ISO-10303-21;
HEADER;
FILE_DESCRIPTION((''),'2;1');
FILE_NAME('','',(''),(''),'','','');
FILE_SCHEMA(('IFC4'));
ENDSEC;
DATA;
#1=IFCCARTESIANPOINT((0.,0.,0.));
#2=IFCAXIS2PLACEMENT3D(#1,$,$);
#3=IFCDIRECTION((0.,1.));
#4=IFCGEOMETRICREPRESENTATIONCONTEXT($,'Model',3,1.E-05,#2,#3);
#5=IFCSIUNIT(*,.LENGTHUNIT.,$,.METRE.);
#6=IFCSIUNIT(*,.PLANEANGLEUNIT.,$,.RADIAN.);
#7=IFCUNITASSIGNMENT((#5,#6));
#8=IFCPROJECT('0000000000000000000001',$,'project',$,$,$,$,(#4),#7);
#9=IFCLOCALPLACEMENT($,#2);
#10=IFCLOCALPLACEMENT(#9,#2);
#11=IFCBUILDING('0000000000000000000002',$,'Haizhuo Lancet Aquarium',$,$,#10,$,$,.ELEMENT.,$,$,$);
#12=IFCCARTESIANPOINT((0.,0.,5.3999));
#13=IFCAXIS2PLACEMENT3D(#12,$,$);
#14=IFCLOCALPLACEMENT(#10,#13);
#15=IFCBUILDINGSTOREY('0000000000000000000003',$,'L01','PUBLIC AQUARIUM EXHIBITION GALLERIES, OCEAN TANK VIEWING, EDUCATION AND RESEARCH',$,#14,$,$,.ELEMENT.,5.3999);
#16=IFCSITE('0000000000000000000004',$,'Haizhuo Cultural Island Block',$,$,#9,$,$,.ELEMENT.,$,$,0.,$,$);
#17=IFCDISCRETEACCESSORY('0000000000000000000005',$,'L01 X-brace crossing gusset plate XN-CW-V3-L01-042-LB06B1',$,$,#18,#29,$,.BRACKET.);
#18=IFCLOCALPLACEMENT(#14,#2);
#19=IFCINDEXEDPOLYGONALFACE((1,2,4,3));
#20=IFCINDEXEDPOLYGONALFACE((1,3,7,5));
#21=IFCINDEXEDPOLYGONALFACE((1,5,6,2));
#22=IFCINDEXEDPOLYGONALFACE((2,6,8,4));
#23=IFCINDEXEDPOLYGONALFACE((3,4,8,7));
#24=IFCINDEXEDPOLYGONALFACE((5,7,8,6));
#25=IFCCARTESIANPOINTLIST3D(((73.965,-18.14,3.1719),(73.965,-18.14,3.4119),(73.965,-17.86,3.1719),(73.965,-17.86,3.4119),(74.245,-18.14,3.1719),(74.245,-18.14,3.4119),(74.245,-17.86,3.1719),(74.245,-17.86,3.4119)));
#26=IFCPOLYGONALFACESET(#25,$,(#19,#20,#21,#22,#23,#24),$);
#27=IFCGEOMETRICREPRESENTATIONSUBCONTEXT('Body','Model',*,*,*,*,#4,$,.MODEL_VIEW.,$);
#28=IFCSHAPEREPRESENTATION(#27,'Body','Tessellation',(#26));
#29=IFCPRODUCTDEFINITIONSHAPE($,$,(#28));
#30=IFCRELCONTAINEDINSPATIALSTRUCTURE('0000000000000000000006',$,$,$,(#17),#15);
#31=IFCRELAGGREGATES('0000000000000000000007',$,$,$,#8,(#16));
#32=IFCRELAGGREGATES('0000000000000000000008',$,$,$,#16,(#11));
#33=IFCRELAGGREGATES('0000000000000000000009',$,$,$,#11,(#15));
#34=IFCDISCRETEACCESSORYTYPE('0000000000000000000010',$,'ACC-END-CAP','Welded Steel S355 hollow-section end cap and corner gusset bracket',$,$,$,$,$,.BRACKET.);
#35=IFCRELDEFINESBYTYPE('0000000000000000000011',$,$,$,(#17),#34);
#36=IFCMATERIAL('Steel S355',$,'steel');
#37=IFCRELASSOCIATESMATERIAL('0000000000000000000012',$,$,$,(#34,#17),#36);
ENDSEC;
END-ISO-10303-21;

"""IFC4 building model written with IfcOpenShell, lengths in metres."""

from ifc_helpers import new_model, si_unit, direction, frame, origin, origin_2d, place, context, subcontext, project, spatial, rectangle, extrude, material, type_object, element, save


model = new_model("IFC4")

# Units and contexts
model_context = context("Model", 3, precision=1e-05, world=origin(), true_north=direction((0.0, 1.0)))
body_context = subcontext(model_context, "Body", "Model", "MODEL_VIEW")
ifc_project = project(units=[si_unit("LENGTHUNIT", "METRE"), si_unit("PLANEANGLEUNIT", "RADIAN")], contexts=[model_context])

# Site, building, storey
site_placement = place(None, origin())
site = spatial("IfcSite", under=ifc_project, at=site_placement, Name="Haizhuo Cultural Island Block", CompositionType="ELEMENT", RefElevation=0.0)
building_placement = place(site_placement, origin())
building = spatial("IfcBuilding", under=site, at=building_placement, Name="Haizhuo Lancet Aquarium", CompositionType="ELEMENT")
storey_placement = place(building_placement, frame((0.0, 0.0, 5.3999)))
storey = spatial("IfcBuildingStorey", under=building, at=storey_placement, Name="L01", Description="PUBLIC AQUARIUM EXHIBITION GALLERIES, OCEAN TANK VIEWING, EDUCATION AND RESEARCH", CompositionType="ELEMENT", Elevation=5.3999)

# Shared definitions
ifc_material_1 = material(Name="Steel S355", Category="steel")

# Discrete accessory
discrete_accessory_type = type_object("IfcDiscreteAccessoryType", Name="ACC-END-CAP", Description="Welded Steel S355 hollow-section end cap and corner gusset bracket", PredefinedType="BRACKET", material=ifc_material_1)
for number, where, z_axis, x_axis, name in (
    (1, (74.105, -18.0, 3.1719), (0.0, 0.0, 1.0), (1.0, 0.0, 0.0), "L01 X-brace crossing gusset plate XN-CW-V3-L01-042-LB06B1"),
):
    element("IfcDiscreteAccessory", number, at=place(storey_placement, frame(where, z_axis=z_axis, x_axis=x_axis)), inside=storey, type_object=discrete_accessory_type, material=ifc_material_1, Name=name, PredefinedType="BRACKET", context=body_context, shape_type="SweptSolid", body=[
        extrude(rectangle(XDim=0.28, YDim=0.28, at=origin_2d()), origin(), (0.0, 0.0, 1.0), 0.24),
    ])

save(model, "model.ifc")
